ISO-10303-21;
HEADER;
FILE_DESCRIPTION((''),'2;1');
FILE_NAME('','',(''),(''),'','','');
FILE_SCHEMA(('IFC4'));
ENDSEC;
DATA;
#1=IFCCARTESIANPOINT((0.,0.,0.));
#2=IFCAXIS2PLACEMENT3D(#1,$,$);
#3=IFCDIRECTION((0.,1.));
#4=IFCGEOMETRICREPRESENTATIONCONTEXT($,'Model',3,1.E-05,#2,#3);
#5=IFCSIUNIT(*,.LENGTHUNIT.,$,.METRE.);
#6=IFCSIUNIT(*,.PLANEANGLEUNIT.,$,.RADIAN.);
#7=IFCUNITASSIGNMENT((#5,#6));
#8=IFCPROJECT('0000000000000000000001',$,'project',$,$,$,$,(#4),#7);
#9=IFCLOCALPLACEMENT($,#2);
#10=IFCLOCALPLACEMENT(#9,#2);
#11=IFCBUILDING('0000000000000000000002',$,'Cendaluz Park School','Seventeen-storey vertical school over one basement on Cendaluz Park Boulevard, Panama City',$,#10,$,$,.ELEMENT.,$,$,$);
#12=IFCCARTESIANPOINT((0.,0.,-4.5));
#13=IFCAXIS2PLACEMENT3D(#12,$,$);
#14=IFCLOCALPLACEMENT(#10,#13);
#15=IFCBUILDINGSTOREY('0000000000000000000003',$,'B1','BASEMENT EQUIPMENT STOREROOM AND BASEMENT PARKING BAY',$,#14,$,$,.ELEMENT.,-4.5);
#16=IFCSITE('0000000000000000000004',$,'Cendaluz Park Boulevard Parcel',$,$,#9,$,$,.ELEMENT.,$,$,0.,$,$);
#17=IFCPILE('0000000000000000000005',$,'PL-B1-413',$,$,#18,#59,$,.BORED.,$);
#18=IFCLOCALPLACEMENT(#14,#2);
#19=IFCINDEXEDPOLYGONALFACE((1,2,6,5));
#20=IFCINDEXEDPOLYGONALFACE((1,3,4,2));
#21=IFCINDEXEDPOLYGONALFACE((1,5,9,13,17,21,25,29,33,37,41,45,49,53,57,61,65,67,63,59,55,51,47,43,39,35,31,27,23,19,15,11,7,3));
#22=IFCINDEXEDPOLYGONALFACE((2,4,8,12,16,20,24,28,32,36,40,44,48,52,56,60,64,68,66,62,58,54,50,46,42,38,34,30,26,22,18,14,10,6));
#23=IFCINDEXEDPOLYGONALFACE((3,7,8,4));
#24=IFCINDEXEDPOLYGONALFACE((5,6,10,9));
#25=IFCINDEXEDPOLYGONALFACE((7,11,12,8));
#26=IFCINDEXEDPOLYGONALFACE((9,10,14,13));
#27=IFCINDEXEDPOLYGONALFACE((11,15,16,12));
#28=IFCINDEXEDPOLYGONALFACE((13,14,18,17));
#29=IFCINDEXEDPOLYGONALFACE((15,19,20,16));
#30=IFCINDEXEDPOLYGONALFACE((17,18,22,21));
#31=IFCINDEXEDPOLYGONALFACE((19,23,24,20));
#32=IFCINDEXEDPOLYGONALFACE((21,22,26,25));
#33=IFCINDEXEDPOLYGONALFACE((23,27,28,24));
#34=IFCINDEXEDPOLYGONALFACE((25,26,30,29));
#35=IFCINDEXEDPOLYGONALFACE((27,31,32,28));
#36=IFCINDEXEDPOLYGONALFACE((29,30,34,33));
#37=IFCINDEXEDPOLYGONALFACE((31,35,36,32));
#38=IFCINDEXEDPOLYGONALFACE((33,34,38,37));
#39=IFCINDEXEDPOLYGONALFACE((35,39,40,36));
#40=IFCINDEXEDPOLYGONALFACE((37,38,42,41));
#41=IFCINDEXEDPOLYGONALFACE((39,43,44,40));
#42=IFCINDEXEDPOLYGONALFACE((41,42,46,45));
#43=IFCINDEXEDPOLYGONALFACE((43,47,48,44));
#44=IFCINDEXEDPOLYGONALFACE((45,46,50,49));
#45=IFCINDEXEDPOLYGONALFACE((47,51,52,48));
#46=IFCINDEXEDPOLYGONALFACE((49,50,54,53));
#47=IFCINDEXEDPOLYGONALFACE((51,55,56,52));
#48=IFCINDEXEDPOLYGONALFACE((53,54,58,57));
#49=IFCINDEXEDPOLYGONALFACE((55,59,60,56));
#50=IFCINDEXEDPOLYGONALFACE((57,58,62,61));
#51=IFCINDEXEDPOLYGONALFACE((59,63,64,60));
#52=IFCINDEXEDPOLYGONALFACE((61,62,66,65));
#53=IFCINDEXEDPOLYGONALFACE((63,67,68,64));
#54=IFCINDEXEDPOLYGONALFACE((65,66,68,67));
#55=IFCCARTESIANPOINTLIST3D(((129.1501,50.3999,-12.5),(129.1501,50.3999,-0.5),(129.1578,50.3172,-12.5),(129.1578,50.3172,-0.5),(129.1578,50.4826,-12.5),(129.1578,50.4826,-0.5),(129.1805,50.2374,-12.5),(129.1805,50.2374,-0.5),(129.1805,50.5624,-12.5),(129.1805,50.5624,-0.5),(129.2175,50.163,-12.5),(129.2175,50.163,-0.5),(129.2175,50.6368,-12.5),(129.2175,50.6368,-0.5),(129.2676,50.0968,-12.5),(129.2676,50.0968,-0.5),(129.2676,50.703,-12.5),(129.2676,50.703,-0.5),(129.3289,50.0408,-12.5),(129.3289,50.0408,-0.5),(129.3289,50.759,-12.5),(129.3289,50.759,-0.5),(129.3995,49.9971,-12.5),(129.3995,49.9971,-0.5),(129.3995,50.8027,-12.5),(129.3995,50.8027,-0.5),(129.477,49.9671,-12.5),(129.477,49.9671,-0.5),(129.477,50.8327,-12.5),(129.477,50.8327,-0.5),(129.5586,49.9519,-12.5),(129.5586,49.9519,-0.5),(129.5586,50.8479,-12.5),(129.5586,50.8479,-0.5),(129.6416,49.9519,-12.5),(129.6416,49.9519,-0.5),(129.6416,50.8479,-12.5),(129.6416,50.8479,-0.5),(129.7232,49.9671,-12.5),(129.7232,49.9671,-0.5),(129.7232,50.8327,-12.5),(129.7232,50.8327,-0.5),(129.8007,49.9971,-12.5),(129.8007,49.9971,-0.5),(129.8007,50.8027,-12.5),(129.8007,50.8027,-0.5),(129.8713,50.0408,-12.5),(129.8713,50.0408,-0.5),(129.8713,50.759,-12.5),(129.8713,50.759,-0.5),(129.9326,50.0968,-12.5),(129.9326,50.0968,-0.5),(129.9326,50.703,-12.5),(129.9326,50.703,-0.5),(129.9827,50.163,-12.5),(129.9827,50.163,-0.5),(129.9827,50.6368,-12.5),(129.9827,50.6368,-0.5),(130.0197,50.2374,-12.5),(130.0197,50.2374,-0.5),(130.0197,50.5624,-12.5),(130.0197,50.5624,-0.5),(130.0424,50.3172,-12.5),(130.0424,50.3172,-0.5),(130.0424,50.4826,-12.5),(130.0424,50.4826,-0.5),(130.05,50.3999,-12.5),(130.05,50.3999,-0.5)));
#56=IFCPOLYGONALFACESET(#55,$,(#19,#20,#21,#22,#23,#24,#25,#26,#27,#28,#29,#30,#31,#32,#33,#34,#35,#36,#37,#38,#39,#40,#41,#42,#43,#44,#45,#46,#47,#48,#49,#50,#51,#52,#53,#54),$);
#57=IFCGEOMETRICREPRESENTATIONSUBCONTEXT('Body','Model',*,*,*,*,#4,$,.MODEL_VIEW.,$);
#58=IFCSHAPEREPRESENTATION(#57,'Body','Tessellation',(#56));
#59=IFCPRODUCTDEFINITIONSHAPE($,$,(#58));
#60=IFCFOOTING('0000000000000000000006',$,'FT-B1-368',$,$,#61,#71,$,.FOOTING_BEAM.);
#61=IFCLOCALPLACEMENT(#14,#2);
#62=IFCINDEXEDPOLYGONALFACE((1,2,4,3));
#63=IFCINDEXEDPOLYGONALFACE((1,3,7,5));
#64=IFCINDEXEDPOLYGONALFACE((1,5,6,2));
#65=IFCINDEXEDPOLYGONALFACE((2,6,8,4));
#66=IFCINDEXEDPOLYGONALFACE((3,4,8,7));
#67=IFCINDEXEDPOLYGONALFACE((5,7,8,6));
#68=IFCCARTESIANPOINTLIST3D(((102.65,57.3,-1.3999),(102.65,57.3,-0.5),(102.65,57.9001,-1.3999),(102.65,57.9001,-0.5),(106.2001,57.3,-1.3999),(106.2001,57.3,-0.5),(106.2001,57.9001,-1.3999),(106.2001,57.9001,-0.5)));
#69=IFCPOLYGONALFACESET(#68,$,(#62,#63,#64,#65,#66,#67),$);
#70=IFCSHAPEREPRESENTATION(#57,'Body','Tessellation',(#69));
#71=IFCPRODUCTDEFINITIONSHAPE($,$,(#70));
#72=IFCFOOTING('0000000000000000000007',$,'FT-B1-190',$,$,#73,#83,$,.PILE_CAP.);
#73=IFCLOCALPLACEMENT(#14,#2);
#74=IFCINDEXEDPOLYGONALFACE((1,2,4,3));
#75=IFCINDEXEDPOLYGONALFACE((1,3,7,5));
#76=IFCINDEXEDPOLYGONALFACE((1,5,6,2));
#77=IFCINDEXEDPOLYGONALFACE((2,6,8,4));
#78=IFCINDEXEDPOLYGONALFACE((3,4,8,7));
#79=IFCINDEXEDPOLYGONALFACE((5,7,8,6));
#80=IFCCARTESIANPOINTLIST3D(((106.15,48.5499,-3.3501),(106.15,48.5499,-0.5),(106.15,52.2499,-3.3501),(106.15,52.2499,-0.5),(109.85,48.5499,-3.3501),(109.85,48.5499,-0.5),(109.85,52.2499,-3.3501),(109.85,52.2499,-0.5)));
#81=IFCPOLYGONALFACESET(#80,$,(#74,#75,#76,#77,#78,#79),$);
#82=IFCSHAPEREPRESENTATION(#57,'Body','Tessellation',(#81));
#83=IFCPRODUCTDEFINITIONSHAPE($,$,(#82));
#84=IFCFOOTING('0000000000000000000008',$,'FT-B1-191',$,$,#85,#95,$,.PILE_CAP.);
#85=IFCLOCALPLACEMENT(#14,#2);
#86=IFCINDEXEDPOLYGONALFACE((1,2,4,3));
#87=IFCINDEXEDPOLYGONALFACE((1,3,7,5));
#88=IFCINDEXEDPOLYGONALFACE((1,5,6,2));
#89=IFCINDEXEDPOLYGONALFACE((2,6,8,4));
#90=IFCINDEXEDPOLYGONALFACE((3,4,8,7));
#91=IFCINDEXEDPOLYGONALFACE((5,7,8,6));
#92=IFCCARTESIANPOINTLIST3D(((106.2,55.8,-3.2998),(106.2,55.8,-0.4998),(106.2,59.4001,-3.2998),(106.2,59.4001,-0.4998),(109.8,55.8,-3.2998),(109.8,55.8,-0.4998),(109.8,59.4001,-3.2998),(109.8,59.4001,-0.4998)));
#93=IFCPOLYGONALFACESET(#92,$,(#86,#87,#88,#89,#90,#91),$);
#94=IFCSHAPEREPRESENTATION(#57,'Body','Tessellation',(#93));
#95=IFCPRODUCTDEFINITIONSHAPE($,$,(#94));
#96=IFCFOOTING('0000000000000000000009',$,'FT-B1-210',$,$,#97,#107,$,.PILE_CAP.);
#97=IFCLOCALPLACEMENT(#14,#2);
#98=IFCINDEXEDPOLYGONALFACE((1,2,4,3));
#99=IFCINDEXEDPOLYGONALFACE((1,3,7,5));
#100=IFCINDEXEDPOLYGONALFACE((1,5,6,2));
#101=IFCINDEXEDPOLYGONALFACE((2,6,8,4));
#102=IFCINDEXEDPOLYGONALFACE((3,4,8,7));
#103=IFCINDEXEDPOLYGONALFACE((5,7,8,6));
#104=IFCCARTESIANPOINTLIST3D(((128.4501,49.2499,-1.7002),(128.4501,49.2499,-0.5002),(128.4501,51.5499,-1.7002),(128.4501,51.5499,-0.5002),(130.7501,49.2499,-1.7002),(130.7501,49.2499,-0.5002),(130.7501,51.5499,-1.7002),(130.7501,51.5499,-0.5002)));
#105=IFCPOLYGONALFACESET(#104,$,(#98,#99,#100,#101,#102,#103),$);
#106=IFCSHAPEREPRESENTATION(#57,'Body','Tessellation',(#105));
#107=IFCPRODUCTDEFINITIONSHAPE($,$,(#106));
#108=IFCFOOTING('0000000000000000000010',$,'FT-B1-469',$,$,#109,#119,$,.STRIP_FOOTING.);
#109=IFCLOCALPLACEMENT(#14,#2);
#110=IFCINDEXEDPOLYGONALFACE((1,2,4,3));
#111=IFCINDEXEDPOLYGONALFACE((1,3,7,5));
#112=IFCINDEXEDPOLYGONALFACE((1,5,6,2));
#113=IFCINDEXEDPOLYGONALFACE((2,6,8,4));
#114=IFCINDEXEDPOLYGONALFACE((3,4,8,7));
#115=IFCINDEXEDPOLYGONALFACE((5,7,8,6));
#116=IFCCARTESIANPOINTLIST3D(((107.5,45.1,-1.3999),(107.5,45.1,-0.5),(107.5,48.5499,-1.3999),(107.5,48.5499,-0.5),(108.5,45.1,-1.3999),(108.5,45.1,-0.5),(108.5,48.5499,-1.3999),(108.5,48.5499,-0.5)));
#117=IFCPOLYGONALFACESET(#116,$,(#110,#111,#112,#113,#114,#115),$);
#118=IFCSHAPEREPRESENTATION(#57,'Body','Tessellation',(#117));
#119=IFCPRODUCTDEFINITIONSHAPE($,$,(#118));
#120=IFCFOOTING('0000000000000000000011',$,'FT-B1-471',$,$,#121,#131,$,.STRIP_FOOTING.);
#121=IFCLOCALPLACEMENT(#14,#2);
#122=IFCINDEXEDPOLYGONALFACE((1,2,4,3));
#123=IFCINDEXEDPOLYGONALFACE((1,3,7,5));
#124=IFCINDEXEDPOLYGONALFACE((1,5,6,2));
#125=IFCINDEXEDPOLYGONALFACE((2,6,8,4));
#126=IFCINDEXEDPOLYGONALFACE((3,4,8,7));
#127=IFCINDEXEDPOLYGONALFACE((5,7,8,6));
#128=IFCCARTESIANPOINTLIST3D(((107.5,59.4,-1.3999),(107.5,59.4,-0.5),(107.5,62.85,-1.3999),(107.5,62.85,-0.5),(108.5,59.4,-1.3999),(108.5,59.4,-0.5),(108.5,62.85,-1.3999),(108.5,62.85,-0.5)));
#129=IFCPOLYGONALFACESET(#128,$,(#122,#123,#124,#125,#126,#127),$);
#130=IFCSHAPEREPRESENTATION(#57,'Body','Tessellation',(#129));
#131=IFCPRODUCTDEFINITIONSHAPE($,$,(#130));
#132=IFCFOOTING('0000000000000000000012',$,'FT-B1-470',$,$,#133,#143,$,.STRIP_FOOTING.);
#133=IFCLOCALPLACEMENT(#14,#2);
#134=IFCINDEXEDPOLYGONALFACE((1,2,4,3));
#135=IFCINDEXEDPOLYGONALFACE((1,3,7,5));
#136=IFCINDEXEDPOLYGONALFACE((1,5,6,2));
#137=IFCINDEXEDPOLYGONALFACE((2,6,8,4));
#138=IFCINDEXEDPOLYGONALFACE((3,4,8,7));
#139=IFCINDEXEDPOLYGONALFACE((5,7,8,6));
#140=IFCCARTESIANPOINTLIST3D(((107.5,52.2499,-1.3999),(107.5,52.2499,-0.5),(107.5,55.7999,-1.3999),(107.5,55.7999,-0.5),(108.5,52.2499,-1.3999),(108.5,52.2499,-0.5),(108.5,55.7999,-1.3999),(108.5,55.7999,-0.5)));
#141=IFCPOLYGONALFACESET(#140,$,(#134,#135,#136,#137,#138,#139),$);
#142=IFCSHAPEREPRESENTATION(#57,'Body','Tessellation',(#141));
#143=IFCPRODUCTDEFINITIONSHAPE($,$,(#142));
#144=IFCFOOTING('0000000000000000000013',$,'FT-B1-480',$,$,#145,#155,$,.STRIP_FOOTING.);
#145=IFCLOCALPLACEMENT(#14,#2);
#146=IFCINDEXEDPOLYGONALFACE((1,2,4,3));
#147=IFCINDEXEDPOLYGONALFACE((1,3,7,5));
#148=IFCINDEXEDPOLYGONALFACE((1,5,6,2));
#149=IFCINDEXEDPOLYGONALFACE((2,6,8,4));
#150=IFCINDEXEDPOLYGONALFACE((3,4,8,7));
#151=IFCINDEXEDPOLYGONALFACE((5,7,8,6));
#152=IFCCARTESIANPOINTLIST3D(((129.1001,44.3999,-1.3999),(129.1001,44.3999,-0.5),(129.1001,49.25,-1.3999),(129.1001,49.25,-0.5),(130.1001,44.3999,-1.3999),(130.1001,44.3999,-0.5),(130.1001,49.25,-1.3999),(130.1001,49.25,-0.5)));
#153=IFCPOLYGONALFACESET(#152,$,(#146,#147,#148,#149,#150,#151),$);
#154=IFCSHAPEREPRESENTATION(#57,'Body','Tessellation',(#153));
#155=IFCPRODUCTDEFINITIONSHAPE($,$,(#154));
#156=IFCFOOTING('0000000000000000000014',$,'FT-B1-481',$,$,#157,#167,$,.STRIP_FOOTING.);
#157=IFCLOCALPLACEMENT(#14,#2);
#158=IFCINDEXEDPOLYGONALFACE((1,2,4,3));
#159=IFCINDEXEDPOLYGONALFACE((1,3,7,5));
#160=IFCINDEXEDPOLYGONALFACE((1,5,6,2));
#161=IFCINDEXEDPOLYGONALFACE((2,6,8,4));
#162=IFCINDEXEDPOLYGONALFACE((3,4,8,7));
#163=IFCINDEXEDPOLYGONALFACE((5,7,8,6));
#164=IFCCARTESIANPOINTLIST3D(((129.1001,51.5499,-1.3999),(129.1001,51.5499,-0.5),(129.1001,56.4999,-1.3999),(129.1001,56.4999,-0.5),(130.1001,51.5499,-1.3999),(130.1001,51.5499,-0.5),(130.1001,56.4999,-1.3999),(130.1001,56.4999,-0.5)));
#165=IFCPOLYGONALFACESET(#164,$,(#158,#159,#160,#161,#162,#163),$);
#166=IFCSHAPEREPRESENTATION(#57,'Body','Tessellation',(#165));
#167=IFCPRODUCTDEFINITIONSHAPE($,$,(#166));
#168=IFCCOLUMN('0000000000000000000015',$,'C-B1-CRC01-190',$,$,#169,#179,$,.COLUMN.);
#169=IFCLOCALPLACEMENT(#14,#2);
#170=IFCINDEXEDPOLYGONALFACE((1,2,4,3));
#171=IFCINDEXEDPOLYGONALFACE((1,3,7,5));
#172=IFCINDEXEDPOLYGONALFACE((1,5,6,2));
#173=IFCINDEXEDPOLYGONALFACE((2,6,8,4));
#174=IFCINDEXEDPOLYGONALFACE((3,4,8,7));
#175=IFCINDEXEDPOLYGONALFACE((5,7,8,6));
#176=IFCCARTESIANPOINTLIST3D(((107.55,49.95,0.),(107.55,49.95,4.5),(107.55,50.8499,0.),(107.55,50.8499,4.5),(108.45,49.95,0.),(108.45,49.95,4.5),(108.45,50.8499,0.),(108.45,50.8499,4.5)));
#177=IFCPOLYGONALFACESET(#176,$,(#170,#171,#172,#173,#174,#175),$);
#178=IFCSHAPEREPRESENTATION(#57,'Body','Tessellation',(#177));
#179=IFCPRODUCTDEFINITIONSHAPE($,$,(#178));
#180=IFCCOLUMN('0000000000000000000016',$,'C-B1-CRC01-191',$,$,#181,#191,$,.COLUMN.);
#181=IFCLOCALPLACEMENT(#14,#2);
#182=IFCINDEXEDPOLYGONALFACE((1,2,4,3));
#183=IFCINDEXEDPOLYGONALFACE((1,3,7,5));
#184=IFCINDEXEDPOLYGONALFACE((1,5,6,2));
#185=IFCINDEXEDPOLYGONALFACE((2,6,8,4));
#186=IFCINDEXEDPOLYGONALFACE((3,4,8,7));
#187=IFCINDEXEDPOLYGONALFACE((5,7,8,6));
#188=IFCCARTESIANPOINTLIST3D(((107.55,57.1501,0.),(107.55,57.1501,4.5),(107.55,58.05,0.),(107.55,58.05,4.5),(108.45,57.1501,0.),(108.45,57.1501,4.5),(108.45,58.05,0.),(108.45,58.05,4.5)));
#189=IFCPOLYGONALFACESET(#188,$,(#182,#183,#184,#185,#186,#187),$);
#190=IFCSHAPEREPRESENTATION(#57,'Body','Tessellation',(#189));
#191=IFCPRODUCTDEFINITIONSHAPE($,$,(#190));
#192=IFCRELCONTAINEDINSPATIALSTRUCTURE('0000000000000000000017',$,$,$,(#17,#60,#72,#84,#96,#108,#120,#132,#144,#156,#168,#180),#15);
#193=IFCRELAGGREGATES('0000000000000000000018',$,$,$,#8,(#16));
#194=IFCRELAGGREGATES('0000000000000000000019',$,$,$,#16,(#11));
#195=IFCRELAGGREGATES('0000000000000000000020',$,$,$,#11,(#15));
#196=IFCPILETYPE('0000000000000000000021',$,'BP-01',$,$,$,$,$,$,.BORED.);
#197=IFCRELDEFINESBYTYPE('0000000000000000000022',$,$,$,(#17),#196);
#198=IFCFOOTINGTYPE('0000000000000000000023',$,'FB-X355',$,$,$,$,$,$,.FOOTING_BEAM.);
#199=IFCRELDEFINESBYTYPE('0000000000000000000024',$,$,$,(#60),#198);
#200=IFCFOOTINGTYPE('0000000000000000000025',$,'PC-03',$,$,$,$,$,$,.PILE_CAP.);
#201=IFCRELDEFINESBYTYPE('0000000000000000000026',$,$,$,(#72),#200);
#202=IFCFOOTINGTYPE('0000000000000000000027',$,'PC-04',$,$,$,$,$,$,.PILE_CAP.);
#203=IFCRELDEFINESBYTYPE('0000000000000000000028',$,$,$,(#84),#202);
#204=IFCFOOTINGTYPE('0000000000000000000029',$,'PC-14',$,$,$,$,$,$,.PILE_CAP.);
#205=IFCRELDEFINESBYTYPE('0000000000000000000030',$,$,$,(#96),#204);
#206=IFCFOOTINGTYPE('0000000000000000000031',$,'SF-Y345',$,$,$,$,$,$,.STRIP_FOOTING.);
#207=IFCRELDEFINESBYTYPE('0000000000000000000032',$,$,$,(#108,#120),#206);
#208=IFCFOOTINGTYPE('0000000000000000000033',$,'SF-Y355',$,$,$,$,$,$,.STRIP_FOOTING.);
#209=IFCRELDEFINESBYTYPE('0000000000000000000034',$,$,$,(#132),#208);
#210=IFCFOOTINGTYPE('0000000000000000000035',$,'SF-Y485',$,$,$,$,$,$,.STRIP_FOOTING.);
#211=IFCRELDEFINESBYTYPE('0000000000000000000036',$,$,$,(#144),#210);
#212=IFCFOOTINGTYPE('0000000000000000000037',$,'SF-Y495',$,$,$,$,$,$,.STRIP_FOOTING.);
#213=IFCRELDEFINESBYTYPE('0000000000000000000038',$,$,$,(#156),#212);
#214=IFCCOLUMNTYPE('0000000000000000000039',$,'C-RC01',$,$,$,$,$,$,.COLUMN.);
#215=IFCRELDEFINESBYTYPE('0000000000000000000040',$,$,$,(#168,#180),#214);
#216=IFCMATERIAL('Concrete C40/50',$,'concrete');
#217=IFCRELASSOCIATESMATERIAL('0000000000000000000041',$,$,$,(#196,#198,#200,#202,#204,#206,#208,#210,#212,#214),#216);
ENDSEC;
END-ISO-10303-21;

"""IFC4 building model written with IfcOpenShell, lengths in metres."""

from ifc_helpers import new_model, si_unit, direction, frame, origin, origin_2d, place, context, subcontext, project, spatial, rectangle, circle, extrude, material, material_profile, profile_set, type_object, element, save


model = new_model("IFC4")

# Units and contexts
model_context = context("Model", 3, precision=1e-05, world=origin(), true_north=direction((0.0, 1.0)))
body_context = subcontext(model_context, "Body", "Model", "MODEL_VIEW")
ifc_project = project(units=[si_unit("LENGTHUNIT", "METRE"), si_unit("PLANEANGLEUNIT", "RADIAN")], contexts=[model_context])

# Site, building, storey
site_placement = place(None, origin())
site = spatial("IfcSite", under=ifc_project, at=site_placement, Name="Cendaluz Park Boulevard Parcel", CompositionType="ELEMENT", RefElevation=0.0)
building_placement = place(site_placement, origin())
building = spatial("IfcBuilding", under=site, at=building_placement, Name="Cendaluz Park School", Description="Seventeen-storey vertical school over one basement on Cendaluz Park Boulevard, Panama City", CompositionType="ELEMENT")
storey_placement = place(building_placement, frame((0.0, 0.0, -4.5)))
storey = spatial("IfcBuildingStorey", under=building, at=storey_placement, Name="B1", Description="BASEMENT EQUIPMENT STOREROOM AND BASEMENT PARKING BAY", CompositionType="ELEMENT", Elevation=-4.5)

# Pile
ifc_material_1 = material(Name="Concrete C40/50", Category="concrete")
ifc_material_profile_1 = material_profile(ifc_material_1, circle(Radius=0.45, at=origin_2d()), Name="BP D900", Category="concrete")
ifc_profile_set_1 = profile_set([ifc_material_profile_1], Name="Concrete C40/50")
pile_type = type_object("IfcPileType", Name="BP-01", PredefinedType="BORED", material=ifc_profile_set_1)
for number, where, z_axis, x_axis, name in (
    (1, (129.6001, 50.3999, -0.5), (0.0, 0.0, -1.0), (1.0, 0.0, 0.0), "PL-B1-413"),
):
    element("IfcPile", number, at=place(storey_placement, frame(where, z_axis=z_axis, x_axis=x_axis)), inside=storey, type_object=pile_type, Name=name, PredefinedType="BORED", context=body_context, shape_type="SweptSolid", body=[
        extrude(circle(Radius=0.45, at=origin_2d()), origin(), (0.0, 0.0, 1.0), 12.0),
    ])

# Footings
footing_type_1 = type_object("IfcFootingType", Name="FB-X355", PredefinedType="FOOTING_BEAM", material=ifc_material_1)
footing_1_placement = place(storey_placement, frame((104.425, 57.6001, -1.3999), z_axis=(0.0, 0.0, 1.0), x_axis=(1.0, 0.0, 0.0)))
element("IfcFooting", 2, at=footing_1_placement, inside=storey, type_object=footing_type_1, Name="FT-B1-368", PredefinedType="FOOTING_BEAM", context=body_context, shape_type="SweptSolid", body=[
    extrude(rectangle(XDim=3.55, YDim=0.6001, at=origin_2d()), origin(), (0.0, 0.0, 1.0), 0.8999),
])
footing_type_2 = type_object("IfcFootingType", Name="PC-03", PredefinedType="PILE_CAP", material=ifc_material_1)
footing_2_placement = place(storey_placement, frame((108.0, 50.3999, -3.3501), z_axis=(0.0, 0.0, 1.0), x_axis=(1.0, 0.0, 0.0)))
element("IfcFooting", 3, at=footing_2_placement, inside=storey, type_object=footing_type_2, Name="FT-B1-190", PredefinedType="PILE_CAP", context=body_context, shape_type="SweptSolid", body=[
    extrude(rectangle(XDim=3.7, YDim=3.7, at=origin_2d()), origin(), (0.0, 0.0, 1.0), 2.8501),
])
footing_type_3 = type_object("IfcFootingType", Name="PC-04", PredefinedType="PILE_CAP", material=ifc_material_1)
footing_3_placement = place(storey_placement, frame((108.0, 57.6001, -3.2998), z_axis=(0.0, 0.0, 1.0), x_axis=(1.0, 0.0, 0.0)))
element("IfcFooting", 4, at=footing_3_placement, inside=storey, type_object=footing_type_3, Name="FT-B1-191", PredefinedType="PILE_CAP", context=body_context, shape_type="SweptSolid", body=[
    extrude(rectangle(XDim=3.6001, YDim=3.6001, at=origin_2d()), origin(), (0.0, 0.0, 1.0), 2.8),
])
footing_type_4 = type_object("IfcFootingType", Name="PC-14", PredefinedType="PILE_CAP", material=ifc_material_1)
footing_4_placement = place(storey_placement, frame((129.6001, 50.3999, -1.7002), z_axis=(0.0, 0.0, 1.0), x_axis=(1.0, 0.0, 0.0)))
element("IfcFooting", 5, at=footing_4_placement, inside=storey, type_object=footing_type_4, Name="FT-B1-210", PredefinedType="PILE_CAP", context=body_context, shape_type="SweptSolid", body=[
    extrude(rectangle(XDim=2.3, YDim=2.3, at=origin_2d()), origin(), (0.0, 0.0, 1.0), 1.2),
])
footing_type_5 = type_object("IfcFootingType", Name="SF-Y345", PredefinedType="STRIP_FOOTING", material=ifc_material_1)
for number, where, z_axis, x_axis, name in (
    (6, (108.0, 46.825, -1.3999), (0.0, 0.0, 1.0), (1.0, 0.0, 0.0), "FT-B1-469"),
    (7, (108.0, 61.125, -1.3999), (0.0, 0.0, 1.0), (1.0, 0.0, 0.0), "FT-B1-471"),
):
    element("IfcFooting", number, at=place(storey_placement, frame(where, z_axis=z_axis, x_axis=x_axis)), inside=storey, type_object=footing_type_5, Name=name, PredefinedType="STRIP_FOOTING", context=body_context, shape_type="SweptSolid", body=[
        extrude(rectangle(XDim=1.0, YDim=3.45, at=origin_2d()), origin(), (0.0, 0.0, 1.0), 0.8999),
    ])
footing_type_6 = type_object("IfcFootingType", Name="SF-Y355", PredefinedType="STRIP_FOOTING", material=ifc_material_1)
footing_5_placement = place(storey_placement, frame((108.0, 54.0249, -1.3999), z_axis=(0.0, 0.0, 1.0), x_axis=(1.0, 0.0, 0.0)))
element("IfcFooting", 8, at=footing_5_placement, inside=storey, type_object=footing_type_6, Name="FT-B1-470", PredefinedType="STRIP_FOOTING", context=body_context, shape_type="SweptSolid", body=[
    extrude(rectangle(XDim=1.0, YDim=3.55, at=origin_2d()), origin(), (0.0, 0.0, 1.0), 0.8999),
])
footing_type_7 = type_object("IfcFootingType", Name="SF-Y485", PredefinedType="STRIP_FOOTING", material=ifc_material_1)
footing_6_placement = place(storey_placement, frame((129.6001, 46.825, -1.3999), z_axis=(0.0, 0.0, 1.0), x_axis=(1.0, 0.0, 0.0)))
element("IfcFooting", 9, at=footing_6_placement, inside=storey, type_object=footing_type_7, Name="FT-B1-480", PredefinedType="STRIP_FOOTING", context=body_context, shape_type="SweptSolid", body=[
    extrude(rectangle(XDim=1.0, YDim=4.8501, at=origin_2d()), origin(), (0.0, 0.0, 1.0), 0.8999),
])
footing_type_8 = type_object("IfcFootingType", Name="SF-Y495", PredefinedType="STRIP_FOOTING", material=ifc_material_1)
footing_7_placement = place(storey_placement, frame((129.6001, 54.0249, -1.3999), z_axis=(0.0, 0.0, 1.0), x_axis=(1.0, 0.0, 0.0)))
element("IfcFooting", 10, at=footing_7_placement, inside=storey, type_object=footing_type_8, Name="FT-B1-481", PredefinedType="STRIP_FOOTING", context=body_context, shape_type="SweptSolid", body=[
    extrude(rectangle(XDim=1.0, YDim=4.95, at=origin_2d()), origin(), (0.0, 0.0, 1.0), 0.8999),
])

# Columns
ifc_material_profile_2 = material_profile(ifc_material_1, rectangle(XDim=0.8999, YDim=0.8999, at=origin_2d()), Name="RC 900x900", Category="concrete")
ifc_profile_set_2 = profile_set([ifc_material_profile_2], Name="Concrete C40/50")
column_type_1 = type_object("IfcColumnType", Name="C-RC01", PredefinedType="COLUMN", material=ifc_profile_set_2)
for number, where, z_axis, x_axis, name in (
    (11, (108.0, 50.3999, 0.0), (0.0, 0.0, 1.0), (1.0, 0.0, 0.0), "C-B1-CRC01-190"),
    (12, (108.0, 57.6001, 0.0), (0.0, 0.0, 1.0), (1.0, 0.0, 0.0), "C-B1-CRC01-191"),
):
    element("IfcColumn", number, at=place(storey_placement, frame(where, z_axis=z_axis, x_axis=x_axis)), inside=storey, type_object=column_type_1, Name=name, PredefinedType="COLUMN", context=body_context, shape_type="SweptSolid", body=[
        extrude(rectangle(XDim=0.8999, YDim=0.8999, at=origin_2d()), origin(), (0.0, 0.0, 1.0), 4.5),
    ])

save(model, "model.ifc")
